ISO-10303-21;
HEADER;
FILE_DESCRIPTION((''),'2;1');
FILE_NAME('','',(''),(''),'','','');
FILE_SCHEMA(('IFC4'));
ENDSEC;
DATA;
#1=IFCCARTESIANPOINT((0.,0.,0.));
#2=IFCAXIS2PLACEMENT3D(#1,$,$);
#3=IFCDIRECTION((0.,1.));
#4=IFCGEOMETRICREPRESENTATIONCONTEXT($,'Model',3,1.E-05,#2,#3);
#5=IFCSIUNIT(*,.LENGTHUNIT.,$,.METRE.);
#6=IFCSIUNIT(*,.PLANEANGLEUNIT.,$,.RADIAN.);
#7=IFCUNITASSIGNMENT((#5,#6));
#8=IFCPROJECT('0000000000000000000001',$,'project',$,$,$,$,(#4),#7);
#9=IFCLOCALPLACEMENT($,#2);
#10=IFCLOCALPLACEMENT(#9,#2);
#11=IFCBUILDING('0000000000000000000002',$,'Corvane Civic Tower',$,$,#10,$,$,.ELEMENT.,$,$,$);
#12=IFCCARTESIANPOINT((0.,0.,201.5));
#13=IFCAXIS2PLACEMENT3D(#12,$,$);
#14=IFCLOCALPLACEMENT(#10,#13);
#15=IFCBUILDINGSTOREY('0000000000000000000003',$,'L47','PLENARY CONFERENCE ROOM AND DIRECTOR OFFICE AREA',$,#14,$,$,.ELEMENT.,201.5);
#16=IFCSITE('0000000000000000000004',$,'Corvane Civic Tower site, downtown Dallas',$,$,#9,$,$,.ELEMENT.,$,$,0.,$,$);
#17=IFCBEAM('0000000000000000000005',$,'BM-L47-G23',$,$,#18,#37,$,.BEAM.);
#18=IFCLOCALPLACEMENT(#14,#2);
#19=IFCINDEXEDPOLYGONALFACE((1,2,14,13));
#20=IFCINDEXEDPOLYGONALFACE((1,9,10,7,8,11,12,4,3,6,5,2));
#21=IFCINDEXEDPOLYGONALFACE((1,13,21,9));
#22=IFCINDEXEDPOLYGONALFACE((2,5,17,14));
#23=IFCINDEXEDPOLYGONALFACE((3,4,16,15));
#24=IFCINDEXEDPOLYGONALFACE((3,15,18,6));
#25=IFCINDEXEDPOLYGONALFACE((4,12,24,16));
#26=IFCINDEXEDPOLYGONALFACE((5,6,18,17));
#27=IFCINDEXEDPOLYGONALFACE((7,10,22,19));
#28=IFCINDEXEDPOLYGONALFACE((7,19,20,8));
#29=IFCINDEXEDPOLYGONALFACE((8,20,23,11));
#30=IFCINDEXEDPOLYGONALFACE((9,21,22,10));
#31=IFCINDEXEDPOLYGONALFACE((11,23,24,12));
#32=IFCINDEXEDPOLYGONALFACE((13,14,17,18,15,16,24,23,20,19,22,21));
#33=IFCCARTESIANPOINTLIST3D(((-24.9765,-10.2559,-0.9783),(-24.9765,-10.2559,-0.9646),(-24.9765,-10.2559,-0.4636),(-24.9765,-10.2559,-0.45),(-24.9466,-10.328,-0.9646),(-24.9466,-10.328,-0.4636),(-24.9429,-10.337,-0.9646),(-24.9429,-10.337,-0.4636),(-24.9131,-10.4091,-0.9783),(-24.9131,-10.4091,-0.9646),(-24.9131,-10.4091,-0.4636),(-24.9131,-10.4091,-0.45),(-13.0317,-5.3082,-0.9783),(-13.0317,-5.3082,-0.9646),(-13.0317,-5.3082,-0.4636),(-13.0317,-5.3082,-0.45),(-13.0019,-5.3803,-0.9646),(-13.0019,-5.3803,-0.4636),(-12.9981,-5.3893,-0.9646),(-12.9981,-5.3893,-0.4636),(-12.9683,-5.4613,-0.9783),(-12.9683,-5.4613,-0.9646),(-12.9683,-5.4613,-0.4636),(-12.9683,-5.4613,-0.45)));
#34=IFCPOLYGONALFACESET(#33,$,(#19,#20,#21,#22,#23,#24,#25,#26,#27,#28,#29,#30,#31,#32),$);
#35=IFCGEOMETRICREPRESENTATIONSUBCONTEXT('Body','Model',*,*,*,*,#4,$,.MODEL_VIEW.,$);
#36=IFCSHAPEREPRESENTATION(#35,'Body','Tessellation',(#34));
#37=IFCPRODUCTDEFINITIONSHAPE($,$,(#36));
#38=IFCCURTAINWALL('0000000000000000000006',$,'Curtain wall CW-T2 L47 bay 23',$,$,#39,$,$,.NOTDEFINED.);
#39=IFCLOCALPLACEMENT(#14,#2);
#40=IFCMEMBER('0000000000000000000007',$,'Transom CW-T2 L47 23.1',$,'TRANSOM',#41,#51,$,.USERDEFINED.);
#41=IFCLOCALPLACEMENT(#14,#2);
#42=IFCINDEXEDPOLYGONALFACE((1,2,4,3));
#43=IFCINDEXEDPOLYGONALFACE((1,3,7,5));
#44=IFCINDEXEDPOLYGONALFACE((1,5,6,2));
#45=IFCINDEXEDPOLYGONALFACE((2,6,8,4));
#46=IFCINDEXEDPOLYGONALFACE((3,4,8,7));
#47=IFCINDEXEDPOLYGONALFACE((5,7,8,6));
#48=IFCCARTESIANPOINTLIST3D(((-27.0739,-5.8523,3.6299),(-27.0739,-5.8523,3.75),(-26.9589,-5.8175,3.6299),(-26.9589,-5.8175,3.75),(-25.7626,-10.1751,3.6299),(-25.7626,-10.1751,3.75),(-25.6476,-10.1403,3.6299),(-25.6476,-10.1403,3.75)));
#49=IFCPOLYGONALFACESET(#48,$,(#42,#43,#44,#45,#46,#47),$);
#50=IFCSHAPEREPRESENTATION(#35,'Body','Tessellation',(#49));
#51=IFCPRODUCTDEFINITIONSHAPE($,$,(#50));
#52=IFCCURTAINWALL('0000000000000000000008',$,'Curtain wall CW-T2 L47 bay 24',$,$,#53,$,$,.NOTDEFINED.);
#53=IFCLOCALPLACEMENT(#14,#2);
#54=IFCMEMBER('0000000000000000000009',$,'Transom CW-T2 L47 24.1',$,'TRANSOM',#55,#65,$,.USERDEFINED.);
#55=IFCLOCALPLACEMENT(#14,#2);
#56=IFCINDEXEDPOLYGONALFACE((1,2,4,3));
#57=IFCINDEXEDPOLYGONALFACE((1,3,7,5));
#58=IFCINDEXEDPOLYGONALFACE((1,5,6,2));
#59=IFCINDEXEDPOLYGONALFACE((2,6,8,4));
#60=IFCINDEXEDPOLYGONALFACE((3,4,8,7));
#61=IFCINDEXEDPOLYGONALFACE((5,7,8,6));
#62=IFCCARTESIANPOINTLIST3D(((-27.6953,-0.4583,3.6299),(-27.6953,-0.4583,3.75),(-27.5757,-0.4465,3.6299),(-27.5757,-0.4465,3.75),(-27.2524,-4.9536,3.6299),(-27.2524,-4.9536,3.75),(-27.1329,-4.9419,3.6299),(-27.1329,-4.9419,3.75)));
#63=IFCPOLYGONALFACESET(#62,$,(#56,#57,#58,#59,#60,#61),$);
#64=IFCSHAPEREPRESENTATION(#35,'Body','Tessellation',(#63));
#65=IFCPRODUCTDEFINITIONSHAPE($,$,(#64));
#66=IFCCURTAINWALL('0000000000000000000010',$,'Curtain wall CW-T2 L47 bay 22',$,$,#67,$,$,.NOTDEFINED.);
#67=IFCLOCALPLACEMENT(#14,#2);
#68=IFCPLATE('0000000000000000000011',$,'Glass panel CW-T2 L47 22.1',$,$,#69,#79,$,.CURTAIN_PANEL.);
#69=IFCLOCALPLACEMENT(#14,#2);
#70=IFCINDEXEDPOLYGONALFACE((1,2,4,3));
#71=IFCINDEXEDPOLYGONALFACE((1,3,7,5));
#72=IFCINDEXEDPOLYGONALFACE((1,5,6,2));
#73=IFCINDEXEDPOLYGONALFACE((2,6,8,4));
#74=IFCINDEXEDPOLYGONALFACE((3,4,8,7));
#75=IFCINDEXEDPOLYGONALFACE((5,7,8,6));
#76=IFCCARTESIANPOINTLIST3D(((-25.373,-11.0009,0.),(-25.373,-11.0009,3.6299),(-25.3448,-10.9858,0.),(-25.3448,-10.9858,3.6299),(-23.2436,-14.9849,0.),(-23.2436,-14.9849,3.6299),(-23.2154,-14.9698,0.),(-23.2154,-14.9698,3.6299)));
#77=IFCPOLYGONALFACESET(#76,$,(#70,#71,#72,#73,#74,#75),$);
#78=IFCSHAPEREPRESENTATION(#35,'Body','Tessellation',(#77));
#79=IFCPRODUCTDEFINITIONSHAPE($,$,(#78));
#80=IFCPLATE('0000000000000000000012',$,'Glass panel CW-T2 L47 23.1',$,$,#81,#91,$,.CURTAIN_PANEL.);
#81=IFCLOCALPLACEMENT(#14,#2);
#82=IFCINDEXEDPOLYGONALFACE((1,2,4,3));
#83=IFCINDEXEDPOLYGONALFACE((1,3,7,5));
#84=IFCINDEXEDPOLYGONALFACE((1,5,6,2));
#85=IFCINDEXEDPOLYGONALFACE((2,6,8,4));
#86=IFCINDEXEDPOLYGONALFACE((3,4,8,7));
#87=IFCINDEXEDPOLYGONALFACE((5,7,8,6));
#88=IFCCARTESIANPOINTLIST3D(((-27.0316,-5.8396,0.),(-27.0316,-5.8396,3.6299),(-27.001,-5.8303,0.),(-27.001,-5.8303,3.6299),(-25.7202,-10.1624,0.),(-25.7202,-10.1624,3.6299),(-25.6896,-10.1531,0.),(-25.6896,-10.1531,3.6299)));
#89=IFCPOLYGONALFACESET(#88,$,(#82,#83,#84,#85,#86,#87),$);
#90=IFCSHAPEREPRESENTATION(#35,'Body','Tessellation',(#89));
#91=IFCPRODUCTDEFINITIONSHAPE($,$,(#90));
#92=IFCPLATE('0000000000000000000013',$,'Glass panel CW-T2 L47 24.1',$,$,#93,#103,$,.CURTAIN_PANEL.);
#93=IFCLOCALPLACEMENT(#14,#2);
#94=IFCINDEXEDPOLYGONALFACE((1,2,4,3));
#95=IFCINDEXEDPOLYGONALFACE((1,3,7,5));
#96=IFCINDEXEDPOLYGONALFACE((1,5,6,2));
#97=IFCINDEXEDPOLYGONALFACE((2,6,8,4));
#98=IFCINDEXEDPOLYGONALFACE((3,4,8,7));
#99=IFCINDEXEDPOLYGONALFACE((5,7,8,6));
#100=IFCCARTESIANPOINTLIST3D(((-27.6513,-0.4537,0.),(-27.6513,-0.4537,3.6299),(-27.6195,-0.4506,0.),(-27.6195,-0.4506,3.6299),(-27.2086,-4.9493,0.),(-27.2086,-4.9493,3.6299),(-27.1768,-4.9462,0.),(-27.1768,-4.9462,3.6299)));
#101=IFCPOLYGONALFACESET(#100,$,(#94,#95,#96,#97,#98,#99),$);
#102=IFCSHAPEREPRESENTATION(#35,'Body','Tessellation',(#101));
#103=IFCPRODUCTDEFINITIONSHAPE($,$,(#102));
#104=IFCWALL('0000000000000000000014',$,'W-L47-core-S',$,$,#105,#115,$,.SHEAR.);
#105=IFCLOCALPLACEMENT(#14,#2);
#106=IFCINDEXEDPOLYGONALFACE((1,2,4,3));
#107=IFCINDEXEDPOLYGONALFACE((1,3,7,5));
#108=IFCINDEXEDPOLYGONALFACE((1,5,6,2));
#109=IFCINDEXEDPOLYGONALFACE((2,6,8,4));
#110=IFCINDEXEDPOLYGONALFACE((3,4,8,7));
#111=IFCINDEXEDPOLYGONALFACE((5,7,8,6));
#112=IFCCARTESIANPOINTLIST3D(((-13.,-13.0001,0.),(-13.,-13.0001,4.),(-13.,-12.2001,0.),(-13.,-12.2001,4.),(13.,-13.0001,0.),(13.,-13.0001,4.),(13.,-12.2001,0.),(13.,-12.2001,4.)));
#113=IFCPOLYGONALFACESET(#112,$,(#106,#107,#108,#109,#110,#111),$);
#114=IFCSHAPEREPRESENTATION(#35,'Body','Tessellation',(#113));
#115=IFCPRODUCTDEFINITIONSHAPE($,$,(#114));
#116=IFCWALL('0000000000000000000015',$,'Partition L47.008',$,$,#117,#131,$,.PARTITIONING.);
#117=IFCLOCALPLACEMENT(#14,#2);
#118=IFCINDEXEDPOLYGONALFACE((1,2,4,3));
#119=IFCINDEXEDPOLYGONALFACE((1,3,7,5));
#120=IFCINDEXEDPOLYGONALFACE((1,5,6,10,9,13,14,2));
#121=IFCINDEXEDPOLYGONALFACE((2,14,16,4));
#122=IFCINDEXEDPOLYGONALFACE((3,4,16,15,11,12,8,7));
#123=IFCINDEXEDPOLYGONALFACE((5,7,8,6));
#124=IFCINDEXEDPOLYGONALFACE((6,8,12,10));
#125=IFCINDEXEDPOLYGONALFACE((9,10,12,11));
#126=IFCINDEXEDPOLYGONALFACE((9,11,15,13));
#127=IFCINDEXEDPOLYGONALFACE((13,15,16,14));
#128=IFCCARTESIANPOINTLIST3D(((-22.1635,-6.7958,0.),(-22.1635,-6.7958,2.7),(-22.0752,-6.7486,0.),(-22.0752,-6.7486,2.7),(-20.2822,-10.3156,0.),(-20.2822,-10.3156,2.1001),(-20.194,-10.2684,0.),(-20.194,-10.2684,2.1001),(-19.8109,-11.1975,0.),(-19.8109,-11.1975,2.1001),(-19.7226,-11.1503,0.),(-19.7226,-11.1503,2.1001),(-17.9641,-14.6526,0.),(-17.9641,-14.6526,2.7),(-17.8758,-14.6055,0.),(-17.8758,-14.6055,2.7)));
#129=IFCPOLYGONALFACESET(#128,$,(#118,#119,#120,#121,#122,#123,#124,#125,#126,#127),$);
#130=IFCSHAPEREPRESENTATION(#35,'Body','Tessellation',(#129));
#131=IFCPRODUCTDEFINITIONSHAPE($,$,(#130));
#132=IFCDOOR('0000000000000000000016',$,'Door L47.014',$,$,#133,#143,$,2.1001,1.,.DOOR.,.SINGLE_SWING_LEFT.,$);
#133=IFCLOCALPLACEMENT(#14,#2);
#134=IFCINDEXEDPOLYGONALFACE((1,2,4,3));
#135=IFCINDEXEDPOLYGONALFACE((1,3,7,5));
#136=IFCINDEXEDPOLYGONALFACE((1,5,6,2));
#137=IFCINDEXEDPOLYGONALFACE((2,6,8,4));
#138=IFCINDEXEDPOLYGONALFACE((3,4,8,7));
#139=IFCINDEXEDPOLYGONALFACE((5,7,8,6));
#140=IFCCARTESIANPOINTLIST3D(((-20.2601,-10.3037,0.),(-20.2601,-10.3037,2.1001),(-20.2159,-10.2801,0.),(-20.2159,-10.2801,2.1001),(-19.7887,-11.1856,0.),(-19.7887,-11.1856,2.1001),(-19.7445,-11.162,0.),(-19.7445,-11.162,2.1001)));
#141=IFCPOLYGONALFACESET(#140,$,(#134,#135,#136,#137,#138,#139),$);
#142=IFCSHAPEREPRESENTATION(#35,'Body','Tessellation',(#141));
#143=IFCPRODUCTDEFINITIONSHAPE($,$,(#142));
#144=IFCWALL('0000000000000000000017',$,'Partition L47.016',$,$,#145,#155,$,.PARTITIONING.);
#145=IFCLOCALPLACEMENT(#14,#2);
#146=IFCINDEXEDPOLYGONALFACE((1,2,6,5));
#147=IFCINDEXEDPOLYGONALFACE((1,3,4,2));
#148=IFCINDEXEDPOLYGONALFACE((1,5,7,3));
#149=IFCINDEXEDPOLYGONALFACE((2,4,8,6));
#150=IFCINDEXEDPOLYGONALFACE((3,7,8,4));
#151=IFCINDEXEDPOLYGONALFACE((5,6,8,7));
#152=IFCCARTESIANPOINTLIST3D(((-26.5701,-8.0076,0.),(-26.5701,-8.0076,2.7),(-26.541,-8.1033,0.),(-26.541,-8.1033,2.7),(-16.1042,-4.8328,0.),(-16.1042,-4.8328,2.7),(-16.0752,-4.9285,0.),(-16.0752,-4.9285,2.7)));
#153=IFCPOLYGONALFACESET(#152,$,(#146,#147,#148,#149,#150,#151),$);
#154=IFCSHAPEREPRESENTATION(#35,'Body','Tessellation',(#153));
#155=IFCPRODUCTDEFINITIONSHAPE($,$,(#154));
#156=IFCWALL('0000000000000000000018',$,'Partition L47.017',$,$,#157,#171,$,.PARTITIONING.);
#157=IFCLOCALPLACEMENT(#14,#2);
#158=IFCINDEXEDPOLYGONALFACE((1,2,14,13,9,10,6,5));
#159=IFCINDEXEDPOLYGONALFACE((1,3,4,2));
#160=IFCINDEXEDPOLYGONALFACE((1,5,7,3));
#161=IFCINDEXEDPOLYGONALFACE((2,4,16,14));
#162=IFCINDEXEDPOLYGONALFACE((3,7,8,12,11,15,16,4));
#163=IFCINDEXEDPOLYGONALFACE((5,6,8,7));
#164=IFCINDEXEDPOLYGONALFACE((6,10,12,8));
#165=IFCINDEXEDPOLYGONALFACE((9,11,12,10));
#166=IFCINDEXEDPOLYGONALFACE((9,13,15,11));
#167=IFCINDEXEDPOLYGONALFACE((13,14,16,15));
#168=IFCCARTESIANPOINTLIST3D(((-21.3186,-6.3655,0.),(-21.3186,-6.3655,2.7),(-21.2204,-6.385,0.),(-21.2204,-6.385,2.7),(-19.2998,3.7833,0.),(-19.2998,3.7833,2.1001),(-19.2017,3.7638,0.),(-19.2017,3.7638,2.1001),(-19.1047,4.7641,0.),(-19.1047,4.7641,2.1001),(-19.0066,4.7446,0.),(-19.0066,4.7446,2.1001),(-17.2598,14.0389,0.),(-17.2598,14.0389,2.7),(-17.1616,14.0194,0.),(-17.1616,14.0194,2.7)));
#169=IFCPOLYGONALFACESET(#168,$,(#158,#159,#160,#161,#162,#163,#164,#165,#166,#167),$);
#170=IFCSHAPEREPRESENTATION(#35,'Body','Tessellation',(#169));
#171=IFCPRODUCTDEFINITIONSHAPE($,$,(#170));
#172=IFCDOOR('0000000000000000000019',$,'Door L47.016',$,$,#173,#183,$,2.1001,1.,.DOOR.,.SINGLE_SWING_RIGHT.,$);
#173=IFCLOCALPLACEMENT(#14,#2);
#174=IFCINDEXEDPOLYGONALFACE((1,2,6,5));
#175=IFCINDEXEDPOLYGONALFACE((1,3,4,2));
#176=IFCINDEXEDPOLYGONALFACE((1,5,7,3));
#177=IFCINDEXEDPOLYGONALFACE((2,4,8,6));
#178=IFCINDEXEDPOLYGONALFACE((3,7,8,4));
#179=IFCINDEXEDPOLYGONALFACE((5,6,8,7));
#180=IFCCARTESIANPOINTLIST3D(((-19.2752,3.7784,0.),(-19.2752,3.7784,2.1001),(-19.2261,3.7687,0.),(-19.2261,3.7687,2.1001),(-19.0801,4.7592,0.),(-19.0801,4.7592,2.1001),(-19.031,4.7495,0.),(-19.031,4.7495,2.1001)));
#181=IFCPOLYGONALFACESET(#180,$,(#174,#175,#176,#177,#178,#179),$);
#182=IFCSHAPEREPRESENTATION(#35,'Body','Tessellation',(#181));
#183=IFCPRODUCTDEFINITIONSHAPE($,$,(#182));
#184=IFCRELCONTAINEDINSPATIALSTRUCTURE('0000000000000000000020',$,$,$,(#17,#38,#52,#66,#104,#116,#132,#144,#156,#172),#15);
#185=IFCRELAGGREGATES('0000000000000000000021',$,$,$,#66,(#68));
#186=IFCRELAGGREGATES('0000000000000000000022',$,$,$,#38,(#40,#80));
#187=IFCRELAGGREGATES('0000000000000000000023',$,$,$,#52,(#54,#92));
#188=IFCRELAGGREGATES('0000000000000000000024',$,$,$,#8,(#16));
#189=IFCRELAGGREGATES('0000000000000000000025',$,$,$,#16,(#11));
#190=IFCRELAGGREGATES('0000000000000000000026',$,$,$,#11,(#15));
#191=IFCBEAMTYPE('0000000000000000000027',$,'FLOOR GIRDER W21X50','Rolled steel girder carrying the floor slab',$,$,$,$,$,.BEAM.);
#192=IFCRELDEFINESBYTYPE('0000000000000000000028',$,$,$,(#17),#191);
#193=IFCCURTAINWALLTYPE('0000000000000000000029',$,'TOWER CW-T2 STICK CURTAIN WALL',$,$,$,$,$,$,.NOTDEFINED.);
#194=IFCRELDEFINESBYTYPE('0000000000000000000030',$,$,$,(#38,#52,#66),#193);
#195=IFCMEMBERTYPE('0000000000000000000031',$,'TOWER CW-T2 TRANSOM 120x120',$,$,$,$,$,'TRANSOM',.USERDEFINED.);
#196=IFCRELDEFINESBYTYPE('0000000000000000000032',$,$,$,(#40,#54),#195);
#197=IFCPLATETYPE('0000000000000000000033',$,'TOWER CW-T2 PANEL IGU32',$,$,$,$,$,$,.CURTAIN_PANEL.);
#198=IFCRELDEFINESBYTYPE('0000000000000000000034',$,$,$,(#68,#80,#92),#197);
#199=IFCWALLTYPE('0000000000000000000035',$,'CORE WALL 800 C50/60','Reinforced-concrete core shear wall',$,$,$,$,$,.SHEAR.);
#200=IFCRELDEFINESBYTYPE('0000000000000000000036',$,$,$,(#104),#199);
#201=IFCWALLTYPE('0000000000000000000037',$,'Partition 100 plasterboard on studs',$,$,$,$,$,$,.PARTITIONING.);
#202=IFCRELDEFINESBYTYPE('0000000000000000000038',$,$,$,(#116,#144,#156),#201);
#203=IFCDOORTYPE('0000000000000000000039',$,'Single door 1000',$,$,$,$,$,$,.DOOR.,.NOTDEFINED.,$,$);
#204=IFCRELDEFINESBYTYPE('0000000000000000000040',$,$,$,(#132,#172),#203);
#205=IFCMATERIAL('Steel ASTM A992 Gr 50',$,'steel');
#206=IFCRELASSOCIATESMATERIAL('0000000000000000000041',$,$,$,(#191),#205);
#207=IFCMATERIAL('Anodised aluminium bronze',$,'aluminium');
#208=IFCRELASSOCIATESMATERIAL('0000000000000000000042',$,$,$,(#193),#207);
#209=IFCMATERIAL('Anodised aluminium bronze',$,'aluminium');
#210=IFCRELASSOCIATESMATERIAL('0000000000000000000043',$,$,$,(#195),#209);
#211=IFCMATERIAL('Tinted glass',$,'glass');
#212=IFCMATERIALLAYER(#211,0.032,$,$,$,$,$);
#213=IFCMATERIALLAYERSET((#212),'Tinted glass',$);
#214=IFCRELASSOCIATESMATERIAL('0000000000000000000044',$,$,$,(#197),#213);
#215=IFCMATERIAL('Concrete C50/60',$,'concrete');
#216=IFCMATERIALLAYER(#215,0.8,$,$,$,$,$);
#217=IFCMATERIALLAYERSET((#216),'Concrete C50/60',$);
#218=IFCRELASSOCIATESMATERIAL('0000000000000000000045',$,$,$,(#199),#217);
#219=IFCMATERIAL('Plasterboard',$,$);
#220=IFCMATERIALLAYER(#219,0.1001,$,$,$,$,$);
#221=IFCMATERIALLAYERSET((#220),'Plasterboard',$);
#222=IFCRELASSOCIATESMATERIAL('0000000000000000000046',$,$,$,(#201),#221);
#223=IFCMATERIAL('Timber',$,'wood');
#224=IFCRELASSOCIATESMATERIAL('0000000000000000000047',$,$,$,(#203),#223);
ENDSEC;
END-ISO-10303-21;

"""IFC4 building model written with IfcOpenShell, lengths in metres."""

from ifc_helpers import new_model, si_unit, direction, frame, frame_2d, origin, origin_2d, place, context, subcontext, project, spatial, rectangle, i_section, extrude, material, layer, layer_set, material_profile, profile_set, type_object, element, fill, aggregate, save


model = new_model("IFC4")

# Units and contexts
model_context = context("Model", 3, precision=1e-05, world=origin(), true_north=direction((0.0, 1.0)))
body_context = subcontext(model_context, "Body", "Model", "MODEL_VIEW")
ifc_project = project(units=[si_unit("LENGTHUNIT", "METRE"), si_unit("PLANEANGLEUNIT", "RADIAN")], contexts=[model_context])

# Site, building, storey
site_placement = place(None, origin())
site = spatial("IfcSite", under=ifc_project, at=site_placement, Name="Corvane Civic Tower site, downtown Dallas", CompositionType="ELEMENT", RefElevation=0.0)
building_placement = place(site_placement, origin())
building = spatial("IfcBuilding", under=site, at=building_placement, Name="Corvane Civic Tower", CompositionType="ELEMENT")
storey_placement = place(building_placement, frame((0.0, 0.0, 201.5)))
storey = spatial("IfcBuildingStorey", under=building, at=storey_placement, Name="L47", Description="PLENARY CONFERENCE ROOM AND DIRECTOR OFFICE AREA", CompositionType="ELEMENT", Elevation=201.5)

# Beam
ifc_material_1 = material(Name="Steel ASTM A992 Gr 50", Category="steel")
ifc_material_profile_1 = material_profile(ifc_material_1, i_section(OverallWidth=0.1658, OverallDepth=0.5283, WebThickness=0.0098, FlangeThickness=0.0137, at=origin_2d()), Name="W21X50")
ifc_profile_set_1 = profile_set([ifc_material_profile_1], Name="Steel ASTM A992 Gr 50")
beam_type_1 = type_object("IfcBeamType", Name="FLOOR GIRDER W21X50", Description="Rolled steel girder carrying the floor slab", PredefinedType="BEAM", material=ifc_profile_set_1)
beam_1_placement = place(storey_placement, frame((-13.0, -5.3848, -0.7141), z_axis=(-0.923878, -0.382686, 0.0), x_axis=(0.382686, -0.923878, 0.0)))
element("IfcBeam", 1, at=beam_1_placement, inside=storey, type_object=beam_type_1, Name="BM-L47-G23", PredefinedType="BEAM", context=body_context, shape_type="SweptSolid", body=[
    extrude(i_section(OverallWidth=0.1658, OverallDepth=0.5283, WebThickness=0.0098, FlangeThickness=0.0137, at=origin_2d()), origin(), (0.0, 0.0, 1.0), 12.929),
])

# Curtain walls, members
ifc_material_2 = material(Name="Anodised aluminium bronze", Category="aluminium")
curtain_wall_type = type_object("IfcCurtainWallType", Name="TOWER CW-T2 STICK CURTAIN WALL", PredefinedType="NOTDEFINED", material=ifc_material_2)
curtain_wall_1_placement = place(storey_placement, origin())
curtain_wall_1 = element("IfcCurtainWall", 2, at=curtain_wall_1_placement, inside=storey, type_object=curtain_wall_type, Name="Curtain wall CW-T2 L47 bay 23", PredefinedType="NOTDEFINED")
ifc_material_3 = material(Name="Anodised aluminium bronze", Category="aluminium")
ifc_material_profile_2 = material_profile(ifc_material_3, rectangle(XDim=0.1201, YDim=0.1201, at=origin_2d()), Name="TOWER CW-T2 TRANSOM 120x120")
ifc_profile_set_2 = profile_set([ifc_material_profile_2], Name="Anodised aluminium bronze")
member_type = type_object("IfcMemberType", Name="TOWER CW-T2 TRANSOM 120x120", ElementType="TRANSOM", PredefinedType="USERDEFINED", material=ifc_profile_set_2)
member_1_placement = place(storey_placement, frame((-25.7051, -10.1577, 3.6899), z_axis=(-0.290282, 0.956941, 0.0), x_axis=(-0.956941, -0.290282, 0.0)))
member_1 = element("IfcMember", 3, at=member_1_placement, type_object=member_type, Name="Transom CW-T2 L47 23.1", ObjectType="TRANSOM", PredefinedType="USERDEFINED", context=body_context, shape_type="SweptSolid", body=[
    extrude(rectangle(XDim=0.1201, YDim=0.1201, at=origin_2d()), origin(), (0.0, 0.0, 1.0), 4.5173),
])
curtain_wall_2_placement = place(storey_placement, origin())
curtain_wall_2 = element("IfcCurtainWall", 4, at=curtain_wall_2_placement, inside=storey, type_object=curtain_wall_type, Name="Curtain wall CW-T2 L47 bay 24", PredefinedType="NOTDEFINED")
member_2_placement = place(storey_placement, frame((-27.1926, -4.9478, 3.6899), z_axis=(-0.098043, 0.995182, 0.0), x_axis=(-0.995182, -0.098043, 0.0)))
member_2 = element("IfcMember", 5, at=member_2_placement, type_object=member_type, Name="Transom CW-T2 L47 24.1", ObjectType="TRANSOM", PredefinedType="USERDEFINED", context=body_context, shape_type="SweptSolid", body=[
    extrude(rectangle(XDim=0.1201, YDim=0.1201, at=origin_2d()), origin(), (0.0, 0.0, 1.0), 4.5171),
])

# Curtain wall, plate
curtain_wall_3_placement = place(storey_placement, origin())
curtain_wall_3 = element("IfcCurtainWall", 6, at=curtain_wall_3_placement, inside=storey, type_object=curtain_wall_type, Name="Curtain wall CW-T2 L47 bay 22", PredefinedType="NOTDEFINED")
ifc_material_4 = material(Name="Tinted glass", Category="glass")
ifc_layer_1 = layer(ifc_material_4, 0.032)
ifc_layer_set_1 = layer_set([ifc_layer_1], Name="Tinted glass")
plate_type = type_object("IfcPlateType", Name="TOWER CW-T2 PANEL IGU32", PredefinedType="CURTAIN_PANEL", material=ifc_layer_set_1)
plate_1_placement = place(storey_placement, frame((-24.2942, -12.9854, 0.0), z_axis=(0.0, 0.0, 1.0), x_axis=(-0.471398, 0.88192, 0.0)))
plate_1 = element("IfcPlate", 7, at=plate_1_placement, type_object=plate_type, Name="Glass panel CW-T2 L47 22.1", PredefinedType="CURTAIN_PANEL", context=body_context, shape_type="SweptSolid", body=[
    extrude(rectangle(XDim=4.5173, YDim=0.032, at=origin_2d()), origin(), (0.0, 0.0, 1.0), 3.6299),
])
aggregate(curtain_wall_3, [plate_1])

# Plates
plate_2_placement = place(storey_placement, frame((-26.3606, -7.9963, 0.0), z_axis=(0.0, 0.0, 1.0), x_axis=(-0.29029, 0.956939, 0.0)))
plate_2 = element("IfcPlate", 8, at=plate_2_placement, type_object=plate_type, Name="Glass panel CW-T2 L47 23.1", PredefinedType="CURTAIN_PANEL", context=body_context, shape_type="SweptSolid", body=[
    extrude(rectangle(XDim=4.5173, YDim=0.032, at=origin_2d()), origin(), (0.0, 0.0, 1.0), 3.6299),
])
aggregate(curtain_wall_1, [member_1, plate_2])
plate_3_placement = place(storey_placement, frame((-27.4141, -2.7, 0.0), z_axis=(0.0, 0.0, 1.0), x_axis=(-0.097993, 0.995187, 0.0)))
plate_3 = element("IfcPlate", 9, at=plate_3_placement, type_object=plate_type, Name="Glass panel CW-T2 L47 24.1", PredefinedType="CURTAIN_PANEL", context=body_context, shape_type="SweptSolid", body=[
    extrude(rectangle(XDim=4.5173, YDim=0.032, at=origin_2d()), origin(), (0.0, 0.0, 1.0), 3.6299),
])
aggregate(curtain_wall_2, [member_2, plate_3])

# Wall
ifc_material_5 = material(Name="Concrete C50/60", Category="concrete")
ifc_layer_2 = layer(ifc_material_5, 0.8)
ifc_layer_set_2 = layer_set([ifc_layer_2], Name="Concrete C50/60")
wall_type_1 = type_object("IfcWallType", Name="CORE WALL 800 C50/60", Description="Reinforced-concrete core shear wall", PredefinedType="SHEAR", material=ifc_layer_set_2)
wall_1_placement = place(storey_placement, frame((-13.0, -12.6001, 0.0), z_axis=(0.0, 0.0, 1.0), x_axis=(1.0, 0.0, 0.0)))
element("IfcWall", 10, at=wall_1_placement, inside=storey, type_object=wall_type_1, Name="W-L47-core-S", PredefinedType="SHEAR", context=body_context, shape_type="SweptSolid", body=[
    extrude(rectangle(XDim=26.0, YDim=0.8, at=frame_2d((13.0, 0.0))), origin(), (0.0, 0.0, 1.0), 4.0),
])

# Wall, opening, door
ifc_material_6 = material(Name="Plasterboard")
ifc_layer_3 = layer(ifc_material_6, 0.1001)
ifc_layer_set_3 = layer_set([ifc_layer_3], Name="Plasterboard")
wall_type_2 = type_object("IfcWallType", Name="Partition 100 plasterboard on studs", PredefinedType="PARTITIONING", material=ifc_layer_set_3)
wall_2_placement = place(storey_placement, frame((-22.1194, -6.7722, 0.0), z_axis=(0.0, 0.0, 1.0), x_axis=(0.471383, -0.881929, 0.0)))
wall_2 = element("IfcWall", 11, at=wall_2_placement, inside=storey, type_object=wall_type_2, Name="Partition L47.008", PredefinedType="PARTITIONING", context=body_context, shape_type="SweptSolid", body=[
    extrude(rectangle(XDim=8.9087, YDim=0.1001, at=frame_2d((4.4543, 0.0))), origin(), (0.0, 0.0, 1.0), 2.7),
])
opening_1_placement = place(wall_2_placement, frame((3.991, 0.0, 0.0)))
opening_1 = element("IfcOpeningElement", 12, at=opening_1_placement, cuts=wall_2, PredefinedType="OPENING", context=body_context, shape_type="SweptSolid", body=[
    extrude(rectangle(XDim=1.0, YDim=2.1001, at=frame_2d((0.5, 1.05))), frame((0.0, 0.0601, 0.0), z_axis=(0.0, -1.0, 0.0), x_axis=(1.0, 0.0, 0.0)), (0.0, 0.0, 1.0), 0.1201),
])
ifc_material_7 = material(Name="Timber", Category="wood")
door_type = type_object("IfcDoorType", Name="Single door 1000", OperationType="NOTDEFINED", PredefinedType="DOOR", material=ifc_material_7)
door_1_placement = place(opening_1_placement, frame((1.0, 0.0, 0.0), z_axis=(0.0, 0.0, 1.0), x_axis=(-1.0, 0.0, 0.0)))
door_1 = element("IfcDoor", 13, at=door_1_placement, inside=storey, type_object=door_type, Name="Door L47.014", OperationType="SINGLE_SWING_LEFT", OverallHeight=2.1001, OverallWidth=1.0, PredefinedType="DOOR", context=body_context, shape_type="SweptSolid", body=[
    extrude(rectangle(XDim=1.0, YDim=2.1001, at=frame_2d((0.5, 1.05))), frame((0.0, 0.0249, 0.0), z_axis=(0.0, -1.0, 0.0), x_axis=(1.0, 0.0, 0.0)), (0.0, 0.0, 1.0), 0.05),
])
fill(opening_1, door_1)

# Wall
wall_3_placement = place(storey_placement, frame((-26.5554, -8.0554, 0.0), z_axis=(0.0, 0.0, 1.0), x_axis=(0.95694, 0.290287, 0.0)))
element("IfcWall", 14, at=wall_3_placement, inside=storey, type_object=wall_type_2, Name="Partition L47.016", PredefinedType="PARTITIONING", context=body_context, shape_type="SweptSolid", body=[
    extrude(rectangle(XDim=10.9368, YDim=0.1001, at=frame_2d((5.4683, 0.0))), origin(), (0.0, 0.0, 1.0), 2.7),
])

# Wall, opening, door
wall_4_placement = place(storey_placement, frame((-21.2695, -6.3752, 0.0), z_axis=(0.0, 0.0, 1.0), x_axis=(0.195096, 0.980784, 0.0)))
wall_4 = element("IfcWall", 15, at=wall_4_placement, inside=storey, type_object=wall_type_2, Name="Partition L47.017", PredefinedType="PARTITIONING", context=body_context, shape_type="SweptSolid", body=[
    extrude(rectangle(XDim=20.8042, YDim=0.1001, at=frame_2d((10.4021, 0.0))), origin(), (0.0, 0.0, 1.0), 2.7),
])
opening_2_placement = place(wall_4_placement, frame((10.3477, 0.0, 0.0)))
opening_2 = element("IfcOpeningElement", 16, at=opening_2_placement, cuts=wall_4, PredefinedType="OPENING", context=body_context, shape_type="SweptSolid", body=[
    extrude(rectangle(XDim=1.0, YDim=2.1001, at=frame_2d((0.5, 1.05))), frame((0.0, 0.0601, 0.0), z_axis=(0.0, -1.0, 0.0), x_axis=(1.0, 0.0, 0.0)), (0.0, 0.0, 1.0), 0.1201),
])
door_2_placement = place(opening_2_placement, origin())
door_2 = element("IfcDoor", 17, at=door_2_placement, inside=storey, type_object=door_type, Name="Door L47.016", OperationType="SINGLE_SWING_RIGHT", OverallHeight=2.1001, OverallWidth=1.0, PredefinedType="DOOR", context=body_context, shape_type="SweptSolid", body=[
    extrude(rectangle(XDim=1.0, YDim=2.1001, at=frame_2d((0.5, 1.05))), frame((0.0, 0.0249, 0.0), z_axis=(0.0, -1.0, 0.0), x_axis=(1.0, 0.0, 0.0)), (0.0, 0.0, 1.0), 0.05),
])
fill(opening_2, door_2)

save(model, "model.ifc")
